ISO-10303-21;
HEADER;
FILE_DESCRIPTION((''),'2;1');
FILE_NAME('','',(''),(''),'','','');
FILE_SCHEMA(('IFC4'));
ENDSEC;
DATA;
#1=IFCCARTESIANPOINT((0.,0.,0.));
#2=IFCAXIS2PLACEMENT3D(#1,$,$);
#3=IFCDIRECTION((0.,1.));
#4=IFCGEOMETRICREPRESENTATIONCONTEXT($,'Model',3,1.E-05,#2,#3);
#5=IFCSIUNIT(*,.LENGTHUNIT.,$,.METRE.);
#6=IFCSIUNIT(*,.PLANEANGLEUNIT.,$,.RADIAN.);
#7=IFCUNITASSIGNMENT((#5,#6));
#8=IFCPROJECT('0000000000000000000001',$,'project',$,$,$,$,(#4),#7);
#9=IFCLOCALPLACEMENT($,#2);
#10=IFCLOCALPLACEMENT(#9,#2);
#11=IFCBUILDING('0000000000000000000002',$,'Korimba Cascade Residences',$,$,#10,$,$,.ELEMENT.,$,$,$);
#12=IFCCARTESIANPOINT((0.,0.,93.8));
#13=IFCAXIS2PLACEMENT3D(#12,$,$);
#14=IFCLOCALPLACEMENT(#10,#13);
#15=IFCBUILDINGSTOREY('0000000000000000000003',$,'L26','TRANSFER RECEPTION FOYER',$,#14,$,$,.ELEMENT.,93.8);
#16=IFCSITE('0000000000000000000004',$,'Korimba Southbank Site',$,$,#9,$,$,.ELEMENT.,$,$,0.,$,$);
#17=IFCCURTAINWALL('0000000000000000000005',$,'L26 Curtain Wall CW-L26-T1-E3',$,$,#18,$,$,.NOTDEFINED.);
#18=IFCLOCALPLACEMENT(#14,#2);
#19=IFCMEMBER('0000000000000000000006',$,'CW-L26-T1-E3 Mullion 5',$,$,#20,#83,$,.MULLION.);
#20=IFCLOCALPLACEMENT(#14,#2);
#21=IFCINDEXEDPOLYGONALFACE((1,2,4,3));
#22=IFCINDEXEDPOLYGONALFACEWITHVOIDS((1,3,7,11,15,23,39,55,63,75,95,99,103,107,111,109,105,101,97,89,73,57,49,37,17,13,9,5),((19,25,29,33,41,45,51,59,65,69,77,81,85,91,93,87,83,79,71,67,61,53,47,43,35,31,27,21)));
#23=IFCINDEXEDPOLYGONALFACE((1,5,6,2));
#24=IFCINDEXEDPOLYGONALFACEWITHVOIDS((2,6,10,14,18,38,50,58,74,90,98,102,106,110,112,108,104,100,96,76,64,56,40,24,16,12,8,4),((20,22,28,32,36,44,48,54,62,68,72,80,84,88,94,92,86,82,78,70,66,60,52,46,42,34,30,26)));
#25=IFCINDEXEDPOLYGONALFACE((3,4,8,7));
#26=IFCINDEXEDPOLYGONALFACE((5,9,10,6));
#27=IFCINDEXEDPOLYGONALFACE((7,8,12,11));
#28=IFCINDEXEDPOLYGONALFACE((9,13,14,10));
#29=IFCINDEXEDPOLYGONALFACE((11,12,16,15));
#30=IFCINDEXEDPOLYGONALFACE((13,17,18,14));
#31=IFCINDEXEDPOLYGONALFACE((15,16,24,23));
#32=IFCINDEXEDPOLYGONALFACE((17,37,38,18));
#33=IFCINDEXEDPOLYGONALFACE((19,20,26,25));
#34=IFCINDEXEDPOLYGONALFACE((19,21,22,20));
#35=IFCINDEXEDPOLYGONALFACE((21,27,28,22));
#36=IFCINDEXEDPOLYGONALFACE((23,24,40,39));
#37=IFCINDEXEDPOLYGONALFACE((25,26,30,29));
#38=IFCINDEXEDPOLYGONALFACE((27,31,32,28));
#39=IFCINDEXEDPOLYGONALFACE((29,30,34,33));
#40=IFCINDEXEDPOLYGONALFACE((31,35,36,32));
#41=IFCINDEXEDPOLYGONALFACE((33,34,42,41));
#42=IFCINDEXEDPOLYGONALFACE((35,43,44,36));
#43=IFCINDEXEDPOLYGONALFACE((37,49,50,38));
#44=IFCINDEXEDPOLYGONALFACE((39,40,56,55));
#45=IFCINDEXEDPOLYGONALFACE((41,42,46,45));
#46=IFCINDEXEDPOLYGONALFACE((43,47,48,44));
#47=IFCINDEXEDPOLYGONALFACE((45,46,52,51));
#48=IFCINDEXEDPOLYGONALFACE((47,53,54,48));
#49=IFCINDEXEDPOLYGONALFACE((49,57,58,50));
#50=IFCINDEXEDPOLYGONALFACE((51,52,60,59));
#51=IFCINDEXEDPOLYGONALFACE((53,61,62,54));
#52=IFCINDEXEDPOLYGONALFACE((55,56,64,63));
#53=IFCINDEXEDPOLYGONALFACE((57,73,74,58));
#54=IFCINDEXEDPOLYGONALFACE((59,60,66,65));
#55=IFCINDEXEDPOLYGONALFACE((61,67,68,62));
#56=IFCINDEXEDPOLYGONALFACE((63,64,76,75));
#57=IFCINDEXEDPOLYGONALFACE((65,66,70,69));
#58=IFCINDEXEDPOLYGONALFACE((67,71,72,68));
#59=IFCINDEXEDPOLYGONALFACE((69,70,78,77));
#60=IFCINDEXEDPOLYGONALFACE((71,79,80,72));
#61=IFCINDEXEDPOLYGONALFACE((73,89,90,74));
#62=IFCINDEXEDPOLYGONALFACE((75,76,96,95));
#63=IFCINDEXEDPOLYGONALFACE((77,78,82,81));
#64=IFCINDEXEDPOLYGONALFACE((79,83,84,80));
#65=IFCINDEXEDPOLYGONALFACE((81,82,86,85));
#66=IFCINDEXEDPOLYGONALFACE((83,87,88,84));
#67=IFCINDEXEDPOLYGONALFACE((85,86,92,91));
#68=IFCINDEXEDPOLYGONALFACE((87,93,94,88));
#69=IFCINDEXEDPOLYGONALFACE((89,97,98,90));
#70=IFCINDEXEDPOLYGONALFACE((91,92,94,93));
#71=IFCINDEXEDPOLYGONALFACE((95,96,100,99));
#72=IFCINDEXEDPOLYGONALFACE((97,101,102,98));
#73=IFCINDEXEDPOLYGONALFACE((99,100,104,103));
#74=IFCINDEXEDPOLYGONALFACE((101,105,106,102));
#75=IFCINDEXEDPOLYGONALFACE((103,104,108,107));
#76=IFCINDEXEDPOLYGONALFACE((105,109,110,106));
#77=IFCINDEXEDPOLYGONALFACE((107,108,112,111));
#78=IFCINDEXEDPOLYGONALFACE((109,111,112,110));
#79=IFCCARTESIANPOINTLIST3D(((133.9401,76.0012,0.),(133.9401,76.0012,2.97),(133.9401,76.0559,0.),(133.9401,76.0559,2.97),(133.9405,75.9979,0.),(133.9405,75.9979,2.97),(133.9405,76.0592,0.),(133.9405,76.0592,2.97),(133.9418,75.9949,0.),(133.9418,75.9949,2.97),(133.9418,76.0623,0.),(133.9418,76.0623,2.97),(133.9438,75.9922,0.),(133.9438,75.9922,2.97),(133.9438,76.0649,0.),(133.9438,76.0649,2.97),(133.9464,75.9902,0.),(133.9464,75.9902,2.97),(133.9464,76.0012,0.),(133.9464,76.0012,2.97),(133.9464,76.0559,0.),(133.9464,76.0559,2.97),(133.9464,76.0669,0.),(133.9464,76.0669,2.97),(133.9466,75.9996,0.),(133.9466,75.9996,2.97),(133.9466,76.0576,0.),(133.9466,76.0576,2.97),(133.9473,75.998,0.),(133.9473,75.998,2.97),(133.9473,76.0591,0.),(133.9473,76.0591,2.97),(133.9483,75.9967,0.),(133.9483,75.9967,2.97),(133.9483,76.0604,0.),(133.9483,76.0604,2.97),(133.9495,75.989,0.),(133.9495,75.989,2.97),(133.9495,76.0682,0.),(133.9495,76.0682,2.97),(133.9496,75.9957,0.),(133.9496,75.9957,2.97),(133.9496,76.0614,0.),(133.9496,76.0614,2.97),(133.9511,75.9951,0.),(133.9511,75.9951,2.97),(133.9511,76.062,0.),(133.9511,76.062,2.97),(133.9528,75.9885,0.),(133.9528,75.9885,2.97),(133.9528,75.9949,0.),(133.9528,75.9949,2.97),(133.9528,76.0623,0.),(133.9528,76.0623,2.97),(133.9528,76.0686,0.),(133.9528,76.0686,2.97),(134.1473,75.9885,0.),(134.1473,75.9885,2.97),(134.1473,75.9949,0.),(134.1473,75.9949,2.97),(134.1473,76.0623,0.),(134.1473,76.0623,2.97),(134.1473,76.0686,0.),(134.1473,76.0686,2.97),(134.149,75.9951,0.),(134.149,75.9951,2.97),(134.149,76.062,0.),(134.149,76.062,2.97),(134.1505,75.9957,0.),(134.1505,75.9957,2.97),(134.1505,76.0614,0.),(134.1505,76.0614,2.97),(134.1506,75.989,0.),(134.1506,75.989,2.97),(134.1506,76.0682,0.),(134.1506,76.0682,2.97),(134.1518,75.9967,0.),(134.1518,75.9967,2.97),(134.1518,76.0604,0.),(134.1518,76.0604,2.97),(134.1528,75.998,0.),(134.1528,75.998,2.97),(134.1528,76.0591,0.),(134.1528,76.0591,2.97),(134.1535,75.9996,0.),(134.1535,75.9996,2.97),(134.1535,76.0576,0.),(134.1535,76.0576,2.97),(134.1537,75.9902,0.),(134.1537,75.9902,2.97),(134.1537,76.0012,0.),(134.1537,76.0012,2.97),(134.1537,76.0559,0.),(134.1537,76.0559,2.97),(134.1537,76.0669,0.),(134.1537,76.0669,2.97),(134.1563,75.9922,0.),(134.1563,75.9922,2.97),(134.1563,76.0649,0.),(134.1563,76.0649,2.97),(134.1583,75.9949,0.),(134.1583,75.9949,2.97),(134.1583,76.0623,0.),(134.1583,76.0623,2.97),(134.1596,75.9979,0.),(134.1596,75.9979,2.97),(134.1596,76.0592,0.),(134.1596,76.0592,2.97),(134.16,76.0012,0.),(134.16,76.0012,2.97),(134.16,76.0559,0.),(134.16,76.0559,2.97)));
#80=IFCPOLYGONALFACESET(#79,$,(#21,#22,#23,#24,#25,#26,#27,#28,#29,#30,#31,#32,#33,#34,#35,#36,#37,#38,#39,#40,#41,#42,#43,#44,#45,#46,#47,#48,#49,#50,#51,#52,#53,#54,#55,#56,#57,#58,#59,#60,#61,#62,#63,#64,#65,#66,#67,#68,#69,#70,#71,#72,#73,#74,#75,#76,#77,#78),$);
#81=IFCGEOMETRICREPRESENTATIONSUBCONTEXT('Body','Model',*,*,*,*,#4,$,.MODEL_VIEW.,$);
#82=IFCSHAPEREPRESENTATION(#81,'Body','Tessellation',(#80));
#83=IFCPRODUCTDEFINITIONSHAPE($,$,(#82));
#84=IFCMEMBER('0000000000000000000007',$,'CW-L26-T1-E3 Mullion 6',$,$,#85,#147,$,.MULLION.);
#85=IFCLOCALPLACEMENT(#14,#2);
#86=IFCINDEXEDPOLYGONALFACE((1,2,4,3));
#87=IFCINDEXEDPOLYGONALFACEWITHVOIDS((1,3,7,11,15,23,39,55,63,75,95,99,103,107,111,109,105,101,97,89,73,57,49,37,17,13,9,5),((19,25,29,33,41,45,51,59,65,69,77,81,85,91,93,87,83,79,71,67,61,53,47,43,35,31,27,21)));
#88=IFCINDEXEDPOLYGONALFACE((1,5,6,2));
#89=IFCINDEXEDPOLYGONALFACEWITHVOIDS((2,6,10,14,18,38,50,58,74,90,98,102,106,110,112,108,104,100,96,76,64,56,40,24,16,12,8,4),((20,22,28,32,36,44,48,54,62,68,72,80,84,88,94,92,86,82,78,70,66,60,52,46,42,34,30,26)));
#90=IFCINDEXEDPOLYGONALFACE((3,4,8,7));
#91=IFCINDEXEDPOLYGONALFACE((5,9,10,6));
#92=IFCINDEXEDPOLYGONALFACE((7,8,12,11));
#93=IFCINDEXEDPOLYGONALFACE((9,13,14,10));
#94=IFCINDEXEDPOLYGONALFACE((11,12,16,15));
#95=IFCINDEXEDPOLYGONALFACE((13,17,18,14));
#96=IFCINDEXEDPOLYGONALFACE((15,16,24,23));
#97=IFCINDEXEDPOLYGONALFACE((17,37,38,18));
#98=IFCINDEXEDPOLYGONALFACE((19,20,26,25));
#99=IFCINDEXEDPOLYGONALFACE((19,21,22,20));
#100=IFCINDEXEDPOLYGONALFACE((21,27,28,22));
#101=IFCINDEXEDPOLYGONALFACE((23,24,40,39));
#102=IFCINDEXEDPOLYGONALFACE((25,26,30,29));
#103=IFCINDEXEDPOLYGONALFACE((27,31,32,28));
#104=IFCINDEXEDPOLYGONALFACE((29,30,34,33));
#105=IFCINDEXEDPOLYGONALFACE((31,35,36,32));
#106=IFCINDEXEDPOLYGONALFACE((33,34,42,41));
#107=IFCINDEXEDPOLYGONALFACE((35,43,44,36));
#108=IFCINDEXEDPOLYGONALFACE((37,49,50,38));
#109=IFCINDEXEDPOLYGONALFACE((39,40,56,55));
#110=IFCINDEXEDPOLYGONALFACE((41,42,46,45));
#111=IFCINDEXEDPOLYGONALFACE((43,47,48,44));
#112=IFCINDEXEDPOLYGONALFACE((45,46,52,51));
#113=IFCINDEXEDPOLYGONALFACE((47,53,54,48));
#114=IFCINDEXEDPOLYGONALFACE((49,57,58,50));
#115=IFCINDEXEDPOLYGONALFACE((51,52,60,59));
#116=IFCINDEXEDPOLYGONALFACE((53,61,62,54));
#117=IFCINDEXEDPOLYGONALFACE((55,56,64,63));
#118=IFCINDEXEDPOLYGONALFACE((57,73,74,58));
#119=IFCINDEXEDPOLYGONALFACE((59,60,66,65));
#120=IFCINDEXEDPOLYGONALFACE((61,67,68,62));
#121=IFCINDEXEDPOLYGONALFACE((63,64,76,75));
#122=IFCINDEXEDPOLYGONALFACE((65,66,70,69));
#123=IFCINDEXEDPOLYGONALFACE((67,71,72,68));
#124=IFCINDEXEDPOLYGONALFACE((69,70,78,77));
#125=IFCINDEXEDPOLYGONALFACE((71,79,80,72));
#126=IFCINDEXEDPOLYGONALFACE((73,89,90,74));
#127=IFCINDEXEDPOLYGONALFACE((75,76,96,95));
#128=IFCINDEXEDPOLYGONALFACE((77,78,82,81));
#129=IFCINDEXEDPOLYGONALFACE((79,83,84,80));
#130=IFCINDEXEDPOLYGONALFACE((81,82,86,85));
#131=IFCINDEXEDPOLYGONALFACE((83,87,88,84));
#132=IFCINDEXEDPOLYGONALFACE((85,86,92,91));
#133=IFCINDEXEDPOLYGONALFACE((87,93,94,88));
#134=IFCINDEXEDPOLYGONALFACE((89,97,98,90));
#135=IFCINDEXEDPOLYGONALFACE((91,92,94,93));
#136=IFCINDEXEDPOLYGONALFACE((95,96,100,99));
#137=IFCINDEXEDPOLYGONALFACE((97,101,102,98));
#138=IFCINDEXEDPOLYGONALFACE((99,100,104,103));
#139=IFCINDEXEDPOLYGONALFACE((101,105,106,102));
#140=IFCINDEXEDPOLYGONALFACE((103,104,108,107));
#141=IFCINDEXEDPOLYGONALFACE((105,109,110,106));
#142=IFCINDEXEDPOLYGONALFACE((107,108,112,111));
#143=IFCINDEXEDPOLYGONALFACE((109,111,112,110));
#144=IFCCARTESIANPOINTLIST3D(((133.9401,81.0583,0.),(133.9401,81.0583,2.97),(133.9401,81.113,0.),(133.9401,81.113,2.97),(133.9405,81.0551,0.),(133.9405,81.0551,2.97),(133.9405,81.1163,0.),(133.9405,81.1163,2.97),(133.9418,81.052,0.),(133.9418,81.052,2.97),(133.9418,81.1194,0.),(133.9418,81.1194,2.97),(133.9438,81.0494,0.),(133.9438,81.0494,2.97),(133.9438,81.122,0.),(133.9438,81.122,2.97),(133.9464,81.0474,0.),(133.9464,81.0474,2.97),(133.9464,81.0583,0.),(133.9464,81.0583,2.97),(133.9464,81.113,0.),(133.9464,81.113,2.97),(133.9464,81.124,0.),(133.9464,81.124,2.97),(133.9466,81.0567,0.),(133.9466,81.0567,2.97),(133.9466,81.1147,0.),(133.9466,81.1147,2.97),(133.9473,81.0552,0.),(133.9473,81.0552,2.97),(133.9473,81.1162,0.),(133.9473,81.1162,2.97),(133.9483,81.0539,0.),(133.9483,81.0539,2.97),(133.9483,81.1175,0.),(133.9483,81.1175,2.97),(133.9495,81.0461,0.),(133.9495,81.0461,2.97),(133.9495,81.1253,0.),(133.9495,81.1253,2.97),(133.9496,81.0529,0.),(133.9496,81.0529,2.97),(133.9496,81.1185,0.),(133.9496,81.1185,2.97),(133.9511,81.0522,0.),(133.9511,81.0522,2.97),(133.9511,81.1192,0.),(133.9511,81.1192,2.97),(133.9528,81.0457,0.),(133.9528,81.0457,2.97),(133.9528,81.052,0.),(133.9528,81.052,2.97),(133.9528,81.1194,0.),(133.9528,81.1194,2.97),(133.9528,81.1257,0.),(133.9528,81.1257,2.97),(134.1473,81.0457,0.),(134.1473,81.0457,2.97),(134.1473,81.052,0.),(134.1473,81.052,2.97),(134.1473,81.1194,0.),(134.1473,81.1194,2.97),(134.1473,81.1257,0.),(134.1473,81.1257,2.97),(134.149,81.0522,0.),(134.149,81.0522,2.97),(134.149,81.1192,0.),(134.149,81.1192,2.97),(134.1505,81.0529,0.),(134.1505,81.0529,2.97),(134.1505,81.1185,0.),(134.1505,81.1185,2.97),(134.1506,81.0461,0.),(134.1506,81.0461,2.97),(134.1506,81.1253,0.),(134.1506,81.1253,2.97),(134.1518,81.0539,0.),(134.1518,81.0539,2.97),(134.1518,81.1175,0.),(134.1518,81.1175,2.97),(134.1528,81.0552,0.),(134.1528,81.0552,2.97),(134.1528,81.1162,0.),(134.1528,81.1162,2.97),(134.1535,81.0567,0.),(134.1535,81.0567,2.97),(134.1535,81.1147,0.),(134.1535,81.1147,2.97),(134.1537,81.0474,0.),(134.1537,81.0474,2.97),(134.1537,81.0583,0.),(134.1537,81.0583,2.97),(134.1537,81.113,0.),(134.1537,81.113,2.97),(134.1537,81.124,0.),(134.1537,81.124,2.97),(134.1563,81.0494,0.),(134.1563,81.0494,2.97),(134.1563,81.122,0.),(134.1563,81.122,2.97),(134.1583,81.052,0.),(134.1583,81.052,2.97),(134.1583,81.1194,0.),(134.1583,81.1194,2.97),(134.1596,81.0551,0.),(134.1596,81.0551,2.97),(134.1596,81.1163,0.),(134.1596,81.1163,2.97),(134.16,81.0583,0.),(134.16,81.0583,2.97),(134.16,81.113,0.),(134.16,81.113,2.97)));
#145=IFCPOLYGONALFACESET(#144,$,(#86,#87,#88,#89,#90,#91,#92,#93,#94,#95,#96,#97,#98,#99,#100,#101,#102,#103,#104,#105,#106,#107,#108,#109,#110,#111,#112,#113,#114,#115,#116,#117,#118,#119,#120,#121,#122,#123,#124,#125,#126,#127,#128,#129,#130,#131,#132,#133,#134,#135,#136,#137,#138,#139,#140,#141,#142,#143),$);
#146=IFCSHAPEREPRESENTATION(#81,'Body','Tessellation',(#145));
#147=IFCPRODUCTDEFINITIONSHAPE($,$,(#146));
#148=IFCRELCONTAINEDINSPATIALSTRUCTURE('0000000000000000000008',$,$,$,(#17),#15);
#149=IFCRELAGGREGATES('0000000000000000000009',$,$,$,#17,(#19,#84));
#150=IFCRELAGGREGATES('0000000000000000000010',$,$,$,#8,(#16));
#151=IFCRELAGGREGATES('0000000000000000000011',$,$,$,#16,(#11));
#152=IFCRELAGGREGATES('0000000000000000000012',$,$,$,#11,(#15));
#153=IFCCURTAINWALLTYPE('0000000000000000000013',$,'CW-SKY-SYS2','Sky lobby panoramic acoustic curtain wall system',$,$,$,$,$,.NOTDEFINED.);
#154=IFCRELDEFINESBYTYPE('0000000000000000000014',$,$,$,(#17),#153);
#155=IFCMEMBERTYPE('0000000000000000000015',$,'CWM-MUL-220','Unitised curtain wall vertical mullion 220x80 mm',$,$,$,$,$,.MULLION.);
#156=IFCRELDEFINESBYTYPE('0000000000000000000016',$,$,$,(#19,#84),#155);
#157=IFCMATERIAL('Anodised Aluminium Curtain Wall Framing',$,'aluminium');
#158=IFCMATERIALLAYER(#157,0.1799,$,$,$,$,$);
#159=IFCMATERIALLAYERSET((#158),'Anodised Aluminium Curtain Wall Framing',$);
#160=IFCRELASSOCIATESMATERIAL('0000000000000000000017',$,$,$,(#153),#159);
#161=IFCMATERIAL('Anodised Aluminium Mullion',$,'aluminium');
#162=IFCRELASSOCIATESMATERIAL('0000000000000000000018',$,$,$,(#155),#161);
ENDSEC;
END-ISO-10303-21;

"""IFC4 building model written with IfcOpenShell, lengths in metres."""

from ifc_helpers import new_model, si_unit, direction, frame, origin, origin_2d, place, context, subcontext, project, spatial, hollow_rectangle, extrude, material, layer, layer_set, material_profile, profile_set, type_object, element, aggregate, save


model = new_model("IFC4")

# Units and contexts
model_context = context("Model", 3, precision=1e-05, world=origin(), true_north=direction((0.0, 1.0)))
body_context = subcontext(model_context, "Body", "Model", "MODEL_VIEW")
ifc_project = project(units=[si_unit("LENGTHUNIT", "METRE"), si_unit("PLANEANGLEUNIT", "RADIAN")], contexts=[model_context])

# Site, building, storey
site_placement = place(None, origin())
site = spatial("IfcSite", under=ifc_project, at=site_placement, Name="Korimba Southbank Site", CompositionType="ELEMENT", RefElevation=0.0)
building_placement = place(site_placement, origin())
building = spatial("IfcBuilding", under=site, at=building_placement, Name="Korimba Cascade Residences", CompositionType="ELEMENT")
storey_placement = place(building_placement, frame((0.0, 0.0, 93.8)))
storey = spatial("IfcBuildingStorey", under=building, at=storey_placement, Name="L26", Description="TRANSFER RECEPTION FOYER", CompositionType="ELEMENT", Elevation=93.8)

# Curtain wall, members
ifc_material_1 = material(Name="Anodised Aluminium Curtain Wall Framing", Category="aluminium")
ifc_layer_1 = layer(ifc_material_1, 0.1799)
ifc_layer_set_1 = layer_set([ifc_layer_1], Name="Anodised Aluminium Curtain Wall Framing")
curtain_wall_type = type_object("IfcCurtainWallType", Name="CW-SKY-SYS2", Description="Sky lobby panoramic acoustic curtain wall system", PredefinedType="NOTDEFINED", material=ifc_layer_set_1)
curtain_wall_placement = place(storey_placement, origin())
curtain_wall = element("IfcCurtainWall", 1, at=curtain_wall_placement, inside=storey, type_object=curtain_wall_type, Name="L26 Curtain Wall CW-L26-T1-E3", PredefinedType="NOTDEFINED")
ifc_material_2 = material(Name="Anodised Aluminium Mullion", Category="aluminium")
ifc_material_profile_1 = material_profile(ifc_material_2, hollow_rectangle(XDim=0.0801, YDim=0.22, WallThickness=0.0063, InnerFilletRadius=0.0063, OuterFilletRadius=0.0127, at=origin_2d()), Name="Anodised Aluminium Mullion")
ifc_profile_set_1 = profile_set([ifc_material_profile_1], Name="Anodised Aluminium Mullion")
member_type_1 = type_object("IfcMemberType", Name="CWM-MUL-220", Description="Unitised curtain wall vertical mullion 220x80 mm", PredefinedType="MULLION", material=ifc_profile_set_1)
member_1_placement = place(storey_placement, frame((134.05, 76.0286, 0.0), z_axis=(0.0, 0.0, 1.0), x_axis=(0.0, 1.0, 0.0)))
member_1 = element("IfcMember", 2, at=member_1_placement, type_object=member_type_1, Name="CW-L26-T1-E3 Mullion 5", PredefinedType="MULLION", context=body_context, shape_type="SweptSolid", body=[
    extrude(hollow_rectangle(XDim=0.0801, YDim=0.22, WallThickness=0.0063, InnerFilletRadius=0.0063, OuterFilletRadius=0.0127, at=origin_2d()), origin(), (0.0, 0.0, 1.0), 2.97),
])
member_2_placement = place(storey_placement, frame((134.05, 81.0857, 0.0), z_axis=(0.0, 0.0, 1.0), x_axis=(0.0, 1.0, 0.0)))
member_2 = element("IfcMember", 3, at=member_2_placement, type_object=member_type_1, Name="CW-L26-T1-E3 Mullion 6", PredefinedType="MULLION", context=body_context, shape_type="SweptSolid", body=[
    extrude(hollow_rectangle(XDim=0.0801, YDim=0.22, WallThickness=0.0063, InnerFilletRadius=0.0063, OuterFilletRadius=0.0127, at=origin_2d()), origin(), (0.0, 0.0, 1.0), 2.97),
])
aggregate(curtain_wall, [member_1, member_2])

save(model, "model.ifc")
